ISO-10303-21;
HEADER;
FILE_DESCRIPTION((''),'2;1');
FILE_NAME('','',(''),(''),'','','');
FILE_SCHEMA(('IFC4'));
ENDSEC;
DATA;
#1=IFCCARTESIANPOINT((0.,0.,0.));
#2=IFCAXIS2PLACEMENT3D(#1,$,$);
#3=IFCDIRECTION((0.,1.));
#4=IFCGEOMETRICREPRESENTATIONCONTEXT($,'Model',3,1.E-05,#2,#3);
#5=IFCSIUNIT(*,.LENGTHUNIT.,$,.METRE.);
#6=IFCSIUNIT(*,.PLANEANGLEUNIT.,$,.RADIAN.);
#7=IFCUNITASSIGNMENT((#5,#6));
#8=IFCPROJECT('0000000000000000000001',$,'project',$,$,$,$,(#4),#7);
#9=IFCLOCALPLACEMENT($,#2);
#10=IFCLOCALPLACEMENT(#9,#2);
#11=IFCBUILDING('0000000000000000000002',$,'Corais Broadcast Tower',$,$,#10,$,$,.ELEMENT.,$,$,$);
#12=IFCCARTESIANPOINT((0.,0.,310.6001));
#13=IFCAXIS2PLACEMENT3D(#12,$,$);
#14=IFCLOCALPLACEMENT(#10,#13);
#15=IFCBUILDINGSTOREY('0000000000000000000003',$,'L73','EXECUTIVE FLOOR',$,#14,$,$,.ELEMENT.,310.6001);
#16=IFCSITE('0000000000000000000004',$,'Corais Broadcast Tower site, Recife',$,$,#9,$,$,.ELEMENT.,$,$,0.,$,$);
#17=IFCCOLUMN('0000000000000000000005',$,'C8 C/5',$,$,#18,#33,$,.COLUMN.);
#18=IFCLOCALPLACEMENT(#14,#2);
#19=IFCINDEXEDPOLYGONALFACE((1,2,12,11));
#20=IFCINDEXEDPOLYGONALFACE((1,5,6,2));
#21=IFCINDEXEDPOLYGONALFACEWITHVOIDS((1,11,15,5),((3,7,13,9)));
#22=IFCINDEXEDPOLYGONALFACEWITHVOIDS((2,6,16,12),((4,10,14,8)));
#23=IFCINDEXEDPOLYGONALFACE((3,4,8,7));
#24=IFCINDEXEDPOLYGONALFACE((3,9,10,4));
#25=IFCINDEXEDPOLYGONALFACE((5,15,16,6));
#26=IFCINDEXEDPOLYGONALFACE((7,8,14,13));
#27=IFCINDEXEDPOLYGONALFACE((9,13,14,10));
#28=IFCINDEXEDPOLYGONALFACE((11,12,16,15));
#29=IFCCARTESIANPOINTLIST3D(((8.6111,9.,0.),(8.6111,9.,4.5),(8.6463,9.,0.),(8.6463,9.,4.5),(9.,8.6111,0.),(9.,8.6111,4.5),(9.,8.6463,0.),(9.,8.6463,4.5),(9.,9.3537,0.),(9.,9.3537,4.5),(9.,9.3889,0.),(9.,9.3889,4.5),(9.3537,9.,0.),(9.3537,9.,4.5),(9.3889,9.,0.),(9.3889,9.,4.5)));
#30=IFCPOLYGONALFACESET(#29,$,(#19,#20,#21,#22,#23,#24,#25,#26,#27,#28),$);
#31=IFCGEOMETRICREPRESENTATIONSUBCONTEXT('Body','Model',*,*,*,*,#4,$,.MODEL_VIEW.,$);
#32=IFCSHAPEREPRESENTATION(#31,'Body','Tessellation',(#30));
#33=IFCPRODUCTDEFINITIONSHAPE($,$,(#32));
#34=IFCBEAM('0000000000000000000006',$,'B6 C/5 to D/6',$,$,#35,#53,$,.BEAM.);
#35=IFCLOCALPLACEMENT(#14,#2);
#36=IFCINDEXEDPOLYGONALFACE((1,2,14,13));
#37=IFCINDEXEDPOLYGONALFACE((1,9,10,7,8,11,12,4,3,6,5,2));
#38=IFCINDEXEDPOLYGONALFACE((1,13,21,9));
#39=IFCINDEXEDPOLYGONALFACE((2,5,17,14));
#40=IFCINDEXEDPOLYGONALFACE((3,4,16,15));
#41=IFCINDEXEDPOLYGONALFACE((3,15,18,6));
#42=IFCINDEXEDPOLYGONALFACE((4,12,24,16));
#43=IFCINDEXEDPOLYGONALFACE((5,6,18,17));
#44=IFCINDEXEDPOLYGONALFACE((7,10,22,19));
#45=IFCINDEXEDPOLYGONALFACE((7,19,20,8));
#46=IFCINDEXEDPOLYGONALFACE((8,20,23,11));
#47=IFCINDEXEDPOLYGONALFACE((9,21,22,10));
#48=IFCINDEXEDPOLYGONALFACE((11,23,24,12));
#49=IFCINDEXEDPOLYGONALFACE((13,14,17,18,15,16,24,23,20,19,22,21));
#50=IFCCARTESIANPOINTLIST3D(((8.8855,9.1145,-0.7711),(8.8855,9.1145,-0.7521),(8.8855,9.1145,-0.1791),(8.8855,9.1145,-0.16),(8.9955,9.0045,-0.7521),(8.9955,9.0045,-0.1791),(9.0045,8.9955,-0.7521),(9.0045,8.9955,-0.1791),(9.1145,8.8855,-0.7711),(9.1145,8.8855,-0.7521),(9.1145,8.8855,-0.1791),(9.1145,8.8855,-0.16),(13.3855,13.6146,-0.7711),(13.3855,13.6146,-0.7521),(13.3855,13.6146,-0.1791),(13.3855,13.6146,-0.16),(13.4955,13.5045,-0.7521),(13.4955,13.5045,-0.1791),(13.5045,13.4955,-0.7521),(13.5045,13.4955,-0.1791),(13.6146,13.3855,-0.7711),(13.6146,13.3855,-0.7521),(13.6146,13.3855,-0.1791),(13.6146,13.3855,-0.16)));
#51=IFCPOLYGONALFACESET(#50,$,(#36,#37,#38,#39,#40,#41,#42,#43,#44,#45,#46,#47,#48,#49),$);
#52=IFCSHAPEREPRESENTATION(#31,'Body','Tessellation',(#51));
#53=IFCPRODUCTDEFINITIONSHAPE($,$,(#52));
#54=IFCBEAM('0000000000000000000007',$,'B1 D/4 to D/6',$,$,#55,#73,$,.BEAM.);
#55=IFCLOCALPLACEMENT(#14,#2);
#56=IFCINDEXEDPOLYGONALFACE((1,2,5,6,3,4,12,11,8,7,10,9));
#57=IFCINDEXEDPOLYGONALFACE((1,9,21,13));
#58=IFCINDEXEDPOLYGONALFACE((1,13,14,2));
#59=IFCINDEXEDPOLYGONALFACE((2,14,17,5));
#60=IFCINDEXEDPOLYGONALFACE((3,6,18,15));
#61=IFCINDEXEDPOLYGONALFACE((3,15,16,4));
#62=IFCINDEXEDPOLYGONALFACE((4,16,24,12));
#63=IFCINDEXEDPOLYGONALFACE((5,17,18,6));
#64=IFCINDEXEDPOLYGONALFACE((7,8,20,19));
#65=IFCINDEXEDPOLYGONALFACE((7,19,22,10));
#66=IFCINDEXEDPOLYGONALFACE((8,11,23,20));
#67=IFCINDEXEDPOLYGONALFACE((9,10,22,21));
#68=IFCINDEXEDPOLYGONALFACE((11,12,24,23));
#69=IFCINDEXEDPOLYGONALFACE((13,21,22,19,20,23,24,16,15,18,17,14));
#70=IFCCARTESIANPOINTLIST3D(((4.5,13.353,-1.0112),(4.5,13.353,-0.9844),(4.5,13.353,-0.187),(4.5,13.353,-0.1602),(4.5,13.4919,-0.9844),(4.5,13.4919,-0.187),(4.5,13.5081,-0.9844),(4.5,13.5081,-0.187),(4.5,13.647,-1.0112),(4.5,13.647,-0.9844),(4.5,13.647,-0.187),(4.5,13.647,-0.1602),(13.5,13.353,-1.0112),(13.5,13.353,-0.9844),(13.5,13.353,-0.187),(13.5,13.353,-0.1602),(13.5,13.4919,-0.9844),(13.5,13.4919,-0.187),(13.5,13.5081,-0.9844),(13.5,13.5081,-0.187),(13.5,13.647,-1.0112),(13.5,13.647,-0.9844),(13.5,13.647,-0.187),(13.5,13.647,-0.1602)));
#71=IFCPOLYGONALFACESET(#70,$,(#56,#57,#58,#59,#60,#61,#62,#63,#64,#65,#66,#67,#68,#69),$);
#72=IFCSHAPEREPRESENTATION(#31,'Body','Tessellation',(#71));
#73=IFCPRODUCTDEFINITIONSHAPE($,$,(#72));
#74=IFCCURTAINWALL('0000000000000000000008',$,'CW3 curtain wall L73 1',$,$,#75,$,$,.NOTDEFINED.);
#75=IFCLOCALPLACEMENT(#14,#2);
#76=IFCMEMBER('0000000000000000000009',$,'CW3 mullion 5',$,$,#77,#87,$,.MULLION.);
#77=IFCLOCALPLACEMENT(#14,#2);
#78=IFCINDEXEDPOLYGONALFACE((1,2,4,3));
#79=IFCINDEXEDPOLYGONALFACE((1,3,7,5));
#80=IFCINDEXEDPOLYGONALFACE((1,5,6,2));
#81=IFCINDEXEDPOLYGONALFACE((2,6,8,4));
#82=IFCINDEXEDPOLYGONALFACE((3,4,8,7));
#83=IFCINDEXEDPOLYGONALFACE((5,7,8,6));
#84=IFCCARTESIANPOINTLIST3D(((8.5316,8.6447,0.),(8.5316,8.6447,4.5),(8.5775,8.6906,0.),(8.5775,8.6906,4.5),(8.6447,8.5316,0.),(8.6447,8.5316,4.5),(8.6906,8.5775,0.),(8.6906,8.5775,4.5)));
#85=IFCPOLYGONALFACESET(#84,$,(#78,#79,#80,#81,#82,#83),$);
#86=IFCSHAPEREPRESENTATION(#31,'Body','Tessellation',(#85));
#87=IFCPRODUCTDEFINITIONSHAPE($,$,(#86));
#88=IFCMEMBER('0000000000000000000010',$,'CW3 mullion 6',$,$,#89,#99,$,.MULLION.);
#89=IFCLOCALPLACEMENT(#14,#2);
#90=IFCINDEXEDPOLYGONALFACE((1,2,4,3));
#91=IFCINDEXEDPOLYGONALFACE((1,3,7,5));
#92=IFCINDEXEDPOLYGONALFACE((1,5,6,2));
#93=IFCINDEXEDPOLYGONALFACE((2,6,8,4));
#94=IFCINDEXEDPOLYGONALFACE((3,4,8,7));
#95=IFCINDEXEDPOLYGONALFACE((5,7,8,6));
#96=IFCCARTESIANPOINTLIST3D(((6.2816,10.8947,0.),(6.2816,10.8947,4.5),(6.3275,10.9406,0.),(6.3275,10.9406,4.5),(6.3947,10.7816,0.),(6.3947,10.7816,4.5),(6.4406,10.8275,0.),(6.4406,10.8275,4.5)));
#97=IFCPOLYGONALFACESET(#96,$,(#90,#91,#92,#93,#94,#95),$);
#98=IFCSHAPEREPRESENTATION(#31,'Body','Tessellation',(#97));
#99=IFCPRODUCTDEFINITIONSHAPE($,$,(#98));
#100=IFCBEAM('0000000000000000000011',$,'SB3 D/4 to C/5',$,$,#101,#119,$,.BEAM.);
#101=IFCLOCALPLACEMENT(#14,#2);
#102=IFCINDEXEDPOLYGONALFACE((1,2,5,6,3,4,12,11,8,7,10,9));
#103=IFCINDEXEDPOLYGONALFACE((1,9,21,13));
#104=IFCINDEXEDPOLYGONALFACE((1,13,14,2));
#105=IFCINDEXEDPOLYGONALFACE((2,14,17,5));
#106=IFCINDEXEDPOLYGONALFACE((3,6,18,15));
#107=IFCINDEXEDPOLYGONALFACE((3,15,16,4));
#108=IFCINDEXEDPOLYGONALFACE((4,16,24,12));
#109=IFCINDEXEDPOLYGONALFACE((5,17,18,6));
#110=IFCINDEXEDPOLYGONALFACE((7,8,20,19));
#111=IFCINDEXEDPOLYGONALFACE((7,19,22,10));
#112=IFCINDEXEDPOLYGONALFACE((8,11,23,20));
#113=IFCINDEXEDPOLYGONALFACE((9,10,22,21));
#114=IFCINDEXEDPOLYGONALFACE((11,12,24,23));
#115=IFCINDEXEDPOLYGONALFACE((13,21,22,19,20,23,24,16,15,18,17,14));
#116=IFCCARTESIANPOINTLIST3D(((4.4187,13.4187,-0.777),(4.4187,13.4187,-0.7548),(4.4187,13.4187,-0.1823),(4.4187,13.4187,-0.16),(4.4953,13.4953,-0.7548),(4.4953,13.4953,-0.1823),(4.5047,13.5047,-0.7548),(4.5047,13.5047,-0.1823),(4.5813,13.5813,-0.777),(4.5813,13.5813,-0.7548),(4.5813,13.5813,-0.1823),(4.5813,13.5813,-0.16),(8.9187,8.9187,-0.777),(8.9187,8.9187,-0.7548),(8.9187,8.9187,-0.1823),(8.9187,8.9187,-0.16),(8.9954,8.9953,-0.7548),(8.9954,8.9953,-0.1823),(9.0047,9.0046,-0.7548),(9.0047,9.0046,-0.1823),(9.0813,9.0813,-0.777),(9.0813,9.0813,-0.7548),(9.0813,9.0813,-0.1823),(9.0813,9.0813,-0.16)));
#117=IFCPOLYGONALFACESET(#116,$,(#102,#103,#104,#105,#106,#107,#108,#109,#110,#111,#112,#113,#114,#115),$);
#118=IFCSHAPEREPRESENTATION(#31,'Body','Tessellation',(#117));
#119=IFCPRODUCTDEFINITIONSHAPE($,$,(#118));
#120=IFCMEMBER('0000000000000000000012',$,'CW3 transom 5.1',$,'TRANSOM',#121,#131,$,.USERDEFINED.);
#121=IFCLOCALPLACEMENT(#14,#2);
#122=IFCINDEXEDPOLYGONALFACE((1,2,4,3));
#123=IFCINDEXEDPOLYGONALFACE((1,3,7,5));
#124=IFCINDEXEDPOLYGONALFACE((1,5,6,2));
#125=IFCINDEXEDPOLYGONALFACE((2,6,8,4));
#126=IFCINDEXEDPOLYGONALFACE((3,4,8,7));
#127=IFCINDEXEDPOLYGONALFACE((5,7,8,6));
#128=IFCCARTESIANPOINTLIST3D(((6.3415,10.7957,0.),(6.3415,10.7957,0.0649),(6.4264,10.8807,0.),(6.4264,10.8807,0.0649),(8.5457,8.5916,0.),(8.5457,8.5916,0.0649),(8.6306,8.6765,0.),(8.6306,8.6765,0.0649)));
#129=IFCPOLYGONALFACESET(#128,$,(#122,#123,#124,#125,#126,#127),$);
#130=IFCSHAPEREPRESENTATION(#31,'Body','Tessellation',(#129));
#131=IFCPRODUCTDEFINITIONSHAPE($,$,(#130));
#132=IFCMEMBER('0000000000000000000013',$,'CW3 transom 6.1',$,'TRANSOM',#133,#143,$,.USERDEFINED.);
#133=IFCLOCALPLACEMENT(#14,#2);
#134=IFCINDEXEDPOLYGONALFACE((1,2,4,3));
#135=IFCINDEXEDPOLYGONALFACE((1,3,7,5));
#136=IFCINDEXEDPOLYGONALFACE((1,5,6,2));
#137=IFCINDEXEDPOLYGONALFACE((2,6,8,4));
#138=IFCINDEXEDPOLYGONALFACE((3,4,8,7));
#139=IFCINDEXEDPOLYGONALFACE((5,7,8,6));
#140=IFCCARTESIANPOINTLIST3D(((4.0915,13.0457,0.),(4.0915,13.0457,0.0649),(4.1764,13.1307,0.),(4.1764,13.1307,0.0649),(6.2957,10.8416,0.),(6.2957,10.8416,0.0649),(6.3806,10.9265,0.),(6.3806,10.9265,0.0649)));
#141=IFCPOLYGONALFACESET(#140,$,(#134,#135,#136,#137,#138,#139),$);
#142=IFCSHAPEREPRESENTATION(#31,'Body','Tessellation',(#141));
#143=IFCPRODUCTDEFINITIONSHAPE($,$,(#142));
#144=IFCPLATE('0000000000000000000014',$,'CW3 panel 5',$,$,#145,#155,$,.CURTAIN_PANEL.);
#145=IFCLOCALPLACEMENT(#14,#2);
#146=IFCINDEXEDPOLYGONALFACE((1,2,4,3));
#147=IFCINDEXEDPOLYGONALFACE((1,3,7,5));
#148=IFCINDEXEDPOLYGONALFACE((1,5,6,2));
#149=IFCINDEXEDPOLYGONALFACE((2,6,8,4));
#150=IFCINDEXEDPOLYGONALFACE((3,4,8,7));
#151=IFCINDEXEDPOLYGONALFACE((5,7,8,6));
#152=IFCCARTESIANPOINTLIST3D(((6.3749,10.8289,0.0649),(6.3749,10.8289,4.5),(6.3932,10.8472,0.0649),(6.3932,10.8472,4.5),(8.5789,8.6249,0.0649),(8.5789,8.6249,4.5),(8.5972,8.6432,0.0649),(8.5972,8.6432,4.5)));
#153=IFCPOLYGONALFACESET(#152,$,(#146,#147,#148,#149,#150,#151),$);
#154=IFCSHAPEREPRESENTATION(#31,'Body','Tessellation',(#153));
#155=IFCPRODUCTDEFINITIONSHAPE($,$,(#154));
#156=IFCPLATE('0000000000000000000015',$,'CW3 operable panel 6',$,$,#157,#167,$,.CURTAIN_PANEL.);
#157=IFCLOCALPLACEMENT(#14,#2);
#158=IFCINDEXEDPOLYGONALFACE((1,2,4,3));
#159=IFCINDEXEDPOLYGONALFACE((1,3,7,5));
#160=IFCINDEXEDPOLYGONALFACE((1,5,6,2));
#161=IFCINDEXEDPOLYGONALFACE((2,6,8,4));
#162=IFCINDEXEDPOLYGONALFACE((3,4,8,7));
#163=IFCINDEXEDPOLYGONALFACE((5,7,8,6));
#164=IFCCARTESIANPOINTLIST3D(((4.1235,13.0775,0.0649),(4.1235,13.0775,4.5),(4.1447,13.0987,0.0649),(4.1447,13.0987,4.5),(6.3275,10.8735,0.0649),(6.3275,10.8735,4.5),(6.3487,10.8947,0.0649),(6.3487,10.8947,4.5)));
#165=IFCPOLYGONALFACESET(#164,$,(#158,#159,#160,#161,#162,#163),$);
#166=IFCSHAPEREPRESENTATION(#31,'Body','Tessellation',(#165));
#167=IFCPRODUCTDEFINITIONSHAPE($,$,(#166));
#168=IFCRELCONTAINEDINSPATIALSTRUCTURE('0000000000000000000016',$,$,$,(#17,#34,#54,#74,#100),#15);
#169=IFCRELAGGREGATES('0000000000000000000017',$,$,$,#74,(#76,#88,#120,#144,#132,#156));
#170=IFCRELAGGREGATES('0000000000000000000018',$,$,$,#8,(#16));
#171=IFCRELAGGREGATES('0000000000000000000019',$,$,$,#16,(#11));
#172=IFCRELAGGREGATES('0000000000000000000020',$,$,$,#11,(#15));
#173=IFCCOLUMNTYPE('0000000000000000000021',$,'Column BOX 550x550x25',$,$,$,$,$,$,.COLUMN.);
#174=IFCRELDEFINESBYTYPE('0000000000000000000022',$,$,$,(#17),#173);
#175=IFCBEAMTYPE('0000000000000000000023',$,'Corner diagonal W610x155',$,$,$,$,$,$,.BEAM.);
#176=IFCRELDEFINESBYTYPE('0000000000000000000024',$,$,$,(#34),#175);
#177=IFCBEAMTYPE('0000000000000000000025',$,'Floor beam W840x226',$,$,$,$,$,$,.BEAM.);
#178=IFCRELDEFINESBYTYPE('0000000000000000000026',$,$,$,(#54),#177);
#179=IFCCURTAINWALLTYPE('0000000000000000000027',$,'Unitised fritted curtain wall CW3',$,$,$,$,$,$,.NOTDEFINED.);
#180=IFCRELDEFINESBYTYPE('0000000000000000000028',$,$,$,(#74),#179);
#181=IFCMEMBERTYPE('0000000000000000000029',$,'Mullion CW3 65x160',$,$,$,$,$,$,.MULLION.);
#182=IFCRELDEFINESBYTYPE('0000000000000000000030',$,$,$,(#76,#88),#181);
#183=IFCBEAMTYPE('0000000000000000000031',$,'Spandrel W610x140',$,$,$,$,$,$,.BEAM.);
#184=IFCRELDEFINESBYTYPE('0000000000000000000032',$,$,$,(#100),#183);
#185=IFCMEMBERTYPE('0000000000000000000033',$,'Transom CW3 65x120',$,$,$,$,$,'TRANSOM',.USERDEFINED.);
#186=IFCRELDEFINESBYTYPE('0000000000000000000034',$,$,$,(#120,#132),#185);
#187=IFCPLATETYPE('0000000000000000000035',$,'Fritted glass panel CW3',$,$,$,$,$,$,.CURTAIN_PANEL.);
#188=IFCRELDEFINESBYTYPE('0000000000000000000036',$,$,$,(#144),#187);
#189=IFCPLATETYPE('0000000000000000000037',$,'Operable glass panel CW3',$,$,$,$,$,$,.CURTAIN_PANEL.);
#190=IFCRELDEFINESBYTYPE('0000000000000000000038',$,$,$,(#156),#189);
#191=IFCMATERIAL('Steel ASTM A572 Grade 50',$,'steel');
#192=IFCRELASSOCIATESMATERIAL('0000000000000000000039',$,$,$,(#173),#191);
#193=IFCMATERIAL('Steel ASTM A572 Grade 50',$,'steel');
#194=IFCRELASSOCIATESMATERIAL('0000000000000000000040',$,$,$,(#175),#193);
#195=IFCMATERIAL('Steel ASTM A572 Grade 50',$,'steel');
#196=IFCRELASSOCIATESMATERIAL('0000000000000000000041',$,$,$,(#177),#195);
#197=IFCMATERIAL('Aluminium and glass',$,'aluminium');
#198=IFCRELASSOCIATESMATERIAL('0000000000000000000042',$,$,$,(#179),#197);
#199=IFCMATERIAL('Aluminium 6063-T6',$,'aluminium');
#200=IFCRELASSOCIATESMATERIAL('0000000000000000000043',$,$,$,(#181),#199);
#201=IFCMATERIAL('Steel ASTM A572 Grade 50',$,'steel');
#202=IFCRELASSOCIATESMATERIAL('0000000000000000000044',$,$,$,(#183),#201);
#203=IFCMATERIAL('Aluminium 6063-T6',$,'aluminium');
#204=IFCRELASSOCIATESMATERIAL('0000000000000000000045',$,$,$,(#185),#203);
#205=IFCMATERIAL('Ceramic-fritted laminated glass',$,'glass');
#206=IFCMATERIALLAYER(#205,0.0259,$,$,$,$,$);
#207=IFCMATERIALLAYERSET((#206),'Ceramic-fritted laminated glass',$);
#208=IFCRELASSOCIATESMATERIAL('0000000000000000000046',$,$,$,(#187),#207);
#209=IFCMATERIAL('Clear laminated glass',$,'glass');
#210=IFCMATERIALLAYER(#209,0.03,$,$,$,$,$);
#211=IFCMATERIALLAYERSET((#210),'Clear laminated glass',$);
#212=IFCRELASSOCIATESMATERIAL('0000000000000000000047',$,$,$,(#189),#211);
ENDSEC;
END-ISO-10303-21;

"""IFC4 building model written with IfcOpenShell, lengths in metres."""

from ifc_helpers import new_model, si_unit, direction, frame, origin, origin_2d, place, context, subcontext, project, spatial, rectangle, hollow_rectangle, i_section, extrude, material, layer, layer_set, material_profile, profile_set, type_object, element, aggregate, save


model = new_model("IFC4")

# Units and contexts
model_context = context("Model", 3, precision=1e-05, world=origin(), true_north=direction((0.0, 1.0)))
body_context = subcontext(model_context, "Body", "Model", "MODEL_VIEW")
ifc_project = project(units=[si_unit("LENGTHUNIT", "METRE"), si_unit("PLANEANGLEUNIT", "RADIAN")], contexts=[model_context])

# Site, building, storey
site_placement = place(None, origin())
site = spatial("IfcSite", under=ifc_project, at=site_placement, Name="Corais Broadcast Tower site, Recife", CompositionType="ELEMENT", RefElevation=0.0)
building_placement = place(site_placement, origin())
building = spatial("IfcBuilding", under=site, at=building_placement, Name="Corais Broadcast Tower", CompositionType="ELEMENT")
storey_placement = place(building_placement, frame((0.0, 0.0, 310.6001)))
storey = spatial("IfcBuildingStorey", under=building, at=storey_placement, Name="L73", Description="EXECUTIVE FLOOR", CompositionType="ELEMENT", Elevation=310.6001)

# Column
ifc_material_1 = material(Name="Steel ASTM A572 Grade 50", Category="steel")
ifc_material_profile_1 = material_profile(ifc_material_1, hollow_rectangle(XDim=0.55, YDim=0.55, WallThickness=0.0249, at=origin_2d()), Name="BOX 550x550x25")
ifc_profile_set_1 = profile_set([ifc_material_profile_1], Name="Steel ASTM A572 Grade 50")
column_type = type_object("IfcColumnType", Name="Column BOX 550x550x25", PredefinedType="COLUMN", material=ifc_profile_set_1)
column_placement = place(storey_placement, frame((9.0, 9.0, 0.0), z_axis=(0.0, 0.0, 1.0), x_axis=(0.707107, 0.707107, 0.0)))
element("IfcColumn", 1, at=column_placement, inside=storey, type_object=column_type, Name="C8 C/5", PredefinedType="COLUMN", context=body_context, shape_type="SweptSolid", body=[
    extrude(hollow_rectangle(XDim=0.55, YDim=0.55, WallThickness=0.0249, at=origin_2d()), origin(), (0.0, 0.0, 1.0), 4.5),
])

# Beams
ifc_material_2 = material(Name="Steel ASTM A572 Grade 50", Category="steel")
ifc_material_profile_2 = material_profile(ifc_material_2, i_section(OverallWidth=0.324, OverallDepth=0.6111, WebThickness=0.0127, FlangeThickness=0.019, at=origin_2d()), Name="W610x155")
ifc_profile_set_2 = profile_set([ifc_material_profile_2], Name="Steel ASTM A572 Grade 50")
beam_type_1 = type_object("IfcBeamType", Name="Corner diagonal W610x155", PredefinedType="BEAM", material=ifc_profile_set_2)
beam_1_placement = place(storey_placement, frame((9.0, 9.0, -0.4656), z_axis=(0.707107, 0.707107, 0.0), x_axis=(-0.707107, 0.707107, 0.0)))
element("IfcBeam", 2, at=beam_1_placement, inside=storey, type_object=beam_type_1, Name="B6 C/5 to D/6", PredefinedType="BEAM", context=body_context, shape_type="SweptSolid", body=[
    extrude(i_section(OverallWidth=0.324, OverallDepth=0.6111, WebThickness=0.0127, FlangeThickness=0.019, at=origin_2d()), origin(), (0.0, 0.0, 1.0), 6.364),
])
ifc_material_3 = material(Name="Steel ASTM A572 Grade 50", Category="steel")
ifc_material_profile_3 = material_profile(ifc_material_3, i_section(OverallWidth=0.2939, OverallDepth=0.8511, WebThickness=0.0161, FlangeThickness=0.0269, at=origin_2d()), Name="W840x226")
ifc_profile_set_3 = profile_set([ifc_material_profile_3], Name="Steel ASTM A572 Grade 50")
beam_type_2 = type_object("IfcBeamType", Name="Floor beam W840x226", PredefinedType="BEAM", material=ifc_profile_set_3)
beam_2_placement = place(storey_placement, frame((4.5, 13.5, -0.5857), z_axis=(1.0, 0.0, 0.0), x_axis=(0.0, 1.0, 0.0)))
element("IfcBeam", 3, at=beam_2_placement, inside=storey, type_object=beam_type_2, Name="B1 D/4 to D/6", PredefinedType="BEAM", context=body_context, shape_type="SweptSolid", body=[
    extrude(i_section(OverallWidth=0.2939, OverallDepth=0.8511, WebThickness=0.0161, FlangeThickness=0.0269, at=origin_2d()), origin(), (0.0, 0.0, 1.0), 9.0),
])

# Curtain wall, members
ifc_material_4 = material(Name="Aluminium and glass", Category="aluminium")
curtain_wall_type = type_object("IfcCurtainWallType", Name="Unitised fritted curtain wall CW3", PredefinedType="NOTDEFINED", material=ifc_material_4)
curtain_wall_placement = place(storey_placement, origin())
curtain_wall = element("IfcCurtainWall", 4, at=curtain_wall_placement, inside=storey, type_object=curtain_wall_type, Name="CW3 curtain wall L73 1", PredefinedType="NOTDEFINED")
ifc_material_5 = material(Name="Aluminium 6063-T6", Category="aluminium")
ifc_material_profile_4 = material_profile(ifc_material_5, rectangle(XDim=0.0649, YDim=0.1599, at=origin_2d()), Name="Mullion CW3 65x160")
ifc_profile_set_4 = profile_set([ifc_material_profile_4], Name="Aluminium 6063-T6")
member_type_1 = type_object("IfcMemberType", Name="Mullion CW3 65x160", PredefinedType="MULLION", material=ifc_profile_set_4)
member_1_placement = place(storey_placement, frame((8.6111, 8.6111, 0.0), z_axis=(0.0, 0.0, 1.0), x_axis=(-0.707107, -0.707107, 0.0)))
member_1 = element("IfcMember", 5, at=member_1_placement, type_object=member_type_1, Name="CW3 mullion 5", PredefinedType="MULLION", context=body_context, shape_type="SweptSolid", body=[
    extrude(rectangle(XDim=0.0649, YDim=0.1599, at=origin_2d()), origin(), (0.0, 0.0, 1.0), 4.5),
])
member_2_placement = place(storey_placement, frame((6.3611, 10.8611, 0.0), z_axis=(0.0, 0.0, 1.0), x_axis=(-0.707107, -0.707107, 0.0)))
member_2 = element("IfcMember", 6, at=member_2_placement, type_object=member_type_1, Name="CW3 mullion 6", PredefinedType="MULLION", context=body_context, shape_type="SweptSolid", body=[
    extrude(rectangle(XDim=0.0649, YDim=0.1599, at=origin_2d()), origin(), (0.0, 0.0, 1.0), 4.5),
])

# Beam
ifc_material_6 = material(Name="Steel ASTM A572 Grade 50", Category="steel")
ifc_material_profile_5 = material_profile(ifc_material_6, i_section(OverallWidth=0.23, OverallDepth=0.6169, WebThickness=0.0132, FlangeThickness=0.0222, at=origin_2d()), Name="W610x140")
ifc_profile_set_5 = profile_set([ifc_material_profile_5], Name="Steel ASTM A572 Grade 50")
beam_type_3 = type_object("IfcBeamType", Name="Spandrel W610x140", PredefinedType="BEAM", material=ifc_profile_set_5)
beam_3_placement = place(storey_placement, frame((4.5, 13.5, -0.4685), z_axis=(0.707107, -0.707107, 0.0), x_axis=(0.707107, 0.707107, 0.0)))
element("IfcBeam", 7, at=beam_3_placement, inside=storey, type_object=beam_type_3, Name="SB3 D/4 to C/5", PredefinedType="BEAM", context=body_context, shape_type="SweptSolid", body=[
    extrude(i_section(OverallWidth=0.23, OverallDepth=0.6169, WebThickness=0.0132, FlangeThickness=0.0222, at=origin_2d()), origin(), (0.0, 0.0, 1.0), 6.364),
])

# Members
ifc_material_7 = material(Name="Aluminium 6063-T6", Category="aluminium")
ifc_material_profile_6 = material_profile(ifc_material_7, rectangle(XDim=0.1201, YDim=0.0649, at=origin_2d()), Name="Transom CW3 65x120")
ifc_profile_set_6 = profile_set([ifc_material_profile_6], Name="Aluminium 6063-T6")
member_type_2 = type_object("IfcMemberType", Name="Transom CW3 65x120", ElementType="TRANSOM", PredefinedType="USERDEFINED", material=ifc_profile_set_6)
member_3_placement = place(storey_placement, frame((8.5881, 8.634, 0.0325), z_axis=(-0.707107, 0.707107, 0.0), x_axis=(-0.707107, -0.707107, 0.0)))
member_3 = element("IfcMember", 8, at=member_3_placement, type_object=member_type_2, Name="CW3 transom 5.1", ObjectType="TRANSOM", PredefinedType="USERDEFINED", context=body_context, shape_type="SweptSolid", body=[
    extrude(rectangle(XDim=0.1201, YDim=0.0649, at=origin_2d()), origin(), (0.0, 0.0, 1.0), 3.1172),
])
member_4_placement = place(storey_placement, frame((6.3381, 10.884, 0.0325), z_axis=(-0.707107, 0.707107, 0.0), x_axis=(-0.707107, -0.707107, 0.0)))
member_4 = element("IfcMember", 9, at=member_4_placement, type_object=member_type_2, Name="CW3 transom 6.1", ObjectType="TRANSOM", PredefinedType="USERDEFINED", context=body_context, shape_type="SweptSolid", body=[
    extrude(rectangle(XDim=0.1201, YDim=0.0649, at=origin_2d()), origin(), (0.0, 0.0, 1.0), 3.1172),
])

# Plates
ifc_material_8 = material(Name="Ceramic-fritted laminated glass", Category="glass")
ifc_layer_1 = layer(ifc_material_8, 0.0259)
ifc_layer_set_1 = layer_set([ifc_layer_1], Name="Ceramic-fritted laminated glass")
plate_type_1 = type_object("IfcPlateType", Name="Fritted glass panel CW3", PredefinedType="CURTAIN_PANEL", material=ifc_layer_set_1)
plate_1_placement = place(storey_placement, frame((7.4861, 9.7361, 0.0649), z_axis=(0.0, 0.0, 1.0), x_axis=(-0.707107, 0.707107, 0.0)))
plate_1 = element("IfcPlate", 10, at=plate_1_placement, type_object=plate_type_1, Name="CW3 panel 5", PredefinedType="CURTAIN_PANEL", context=body_context, shape_type="SweptSolid", body=[
    extrude(rectangle(XDim=3.1169, YDim=0.0259, at=origin_2d()), origin(), (0.0, 0.0, 1.0), 4.4351),
])
ifc_material_9 = material(Name="Clear laminated glass", Category="glass")
ifc_layer_2 = layer(ifc_material_9, 0.03)
ifc_layer_set_2 = layer_set([ifc_layer_2], Name="Clear laminated glass")
plate_type_2 = type_object("IfcPlateType", Name="Operable glass panel CW3", PredefinedType="CURTAIN_PANEL", material=ifc_layer_set_2)
plate_2_placement = place(storey_placement, frame((5.2361, 11.9861, 0.0649), z_axis=(0.0, 0.0, 1.0), x_axis=(-0.707107, 0.707107, 0.0)))
plate_2 = element("IfcPlate", 11, at=plate_2_placement, type_object=plate_type_2, Name="CW3 operable panel 6", PredefinedType="CURTAIN_PANEL", context=body_context, shape_type="SweptSolid", body=[
    extrude(rectangle(XDim=3.1169, YDim=0.03, at=origin_2d()), origin(), (0.0, 0.0, 1.0), 4.4351),
])
aggregate(curtain_wall, [member_1, member_2, member_3, plate_1, member_4, plate_2])

save(model, "model.ifc")
